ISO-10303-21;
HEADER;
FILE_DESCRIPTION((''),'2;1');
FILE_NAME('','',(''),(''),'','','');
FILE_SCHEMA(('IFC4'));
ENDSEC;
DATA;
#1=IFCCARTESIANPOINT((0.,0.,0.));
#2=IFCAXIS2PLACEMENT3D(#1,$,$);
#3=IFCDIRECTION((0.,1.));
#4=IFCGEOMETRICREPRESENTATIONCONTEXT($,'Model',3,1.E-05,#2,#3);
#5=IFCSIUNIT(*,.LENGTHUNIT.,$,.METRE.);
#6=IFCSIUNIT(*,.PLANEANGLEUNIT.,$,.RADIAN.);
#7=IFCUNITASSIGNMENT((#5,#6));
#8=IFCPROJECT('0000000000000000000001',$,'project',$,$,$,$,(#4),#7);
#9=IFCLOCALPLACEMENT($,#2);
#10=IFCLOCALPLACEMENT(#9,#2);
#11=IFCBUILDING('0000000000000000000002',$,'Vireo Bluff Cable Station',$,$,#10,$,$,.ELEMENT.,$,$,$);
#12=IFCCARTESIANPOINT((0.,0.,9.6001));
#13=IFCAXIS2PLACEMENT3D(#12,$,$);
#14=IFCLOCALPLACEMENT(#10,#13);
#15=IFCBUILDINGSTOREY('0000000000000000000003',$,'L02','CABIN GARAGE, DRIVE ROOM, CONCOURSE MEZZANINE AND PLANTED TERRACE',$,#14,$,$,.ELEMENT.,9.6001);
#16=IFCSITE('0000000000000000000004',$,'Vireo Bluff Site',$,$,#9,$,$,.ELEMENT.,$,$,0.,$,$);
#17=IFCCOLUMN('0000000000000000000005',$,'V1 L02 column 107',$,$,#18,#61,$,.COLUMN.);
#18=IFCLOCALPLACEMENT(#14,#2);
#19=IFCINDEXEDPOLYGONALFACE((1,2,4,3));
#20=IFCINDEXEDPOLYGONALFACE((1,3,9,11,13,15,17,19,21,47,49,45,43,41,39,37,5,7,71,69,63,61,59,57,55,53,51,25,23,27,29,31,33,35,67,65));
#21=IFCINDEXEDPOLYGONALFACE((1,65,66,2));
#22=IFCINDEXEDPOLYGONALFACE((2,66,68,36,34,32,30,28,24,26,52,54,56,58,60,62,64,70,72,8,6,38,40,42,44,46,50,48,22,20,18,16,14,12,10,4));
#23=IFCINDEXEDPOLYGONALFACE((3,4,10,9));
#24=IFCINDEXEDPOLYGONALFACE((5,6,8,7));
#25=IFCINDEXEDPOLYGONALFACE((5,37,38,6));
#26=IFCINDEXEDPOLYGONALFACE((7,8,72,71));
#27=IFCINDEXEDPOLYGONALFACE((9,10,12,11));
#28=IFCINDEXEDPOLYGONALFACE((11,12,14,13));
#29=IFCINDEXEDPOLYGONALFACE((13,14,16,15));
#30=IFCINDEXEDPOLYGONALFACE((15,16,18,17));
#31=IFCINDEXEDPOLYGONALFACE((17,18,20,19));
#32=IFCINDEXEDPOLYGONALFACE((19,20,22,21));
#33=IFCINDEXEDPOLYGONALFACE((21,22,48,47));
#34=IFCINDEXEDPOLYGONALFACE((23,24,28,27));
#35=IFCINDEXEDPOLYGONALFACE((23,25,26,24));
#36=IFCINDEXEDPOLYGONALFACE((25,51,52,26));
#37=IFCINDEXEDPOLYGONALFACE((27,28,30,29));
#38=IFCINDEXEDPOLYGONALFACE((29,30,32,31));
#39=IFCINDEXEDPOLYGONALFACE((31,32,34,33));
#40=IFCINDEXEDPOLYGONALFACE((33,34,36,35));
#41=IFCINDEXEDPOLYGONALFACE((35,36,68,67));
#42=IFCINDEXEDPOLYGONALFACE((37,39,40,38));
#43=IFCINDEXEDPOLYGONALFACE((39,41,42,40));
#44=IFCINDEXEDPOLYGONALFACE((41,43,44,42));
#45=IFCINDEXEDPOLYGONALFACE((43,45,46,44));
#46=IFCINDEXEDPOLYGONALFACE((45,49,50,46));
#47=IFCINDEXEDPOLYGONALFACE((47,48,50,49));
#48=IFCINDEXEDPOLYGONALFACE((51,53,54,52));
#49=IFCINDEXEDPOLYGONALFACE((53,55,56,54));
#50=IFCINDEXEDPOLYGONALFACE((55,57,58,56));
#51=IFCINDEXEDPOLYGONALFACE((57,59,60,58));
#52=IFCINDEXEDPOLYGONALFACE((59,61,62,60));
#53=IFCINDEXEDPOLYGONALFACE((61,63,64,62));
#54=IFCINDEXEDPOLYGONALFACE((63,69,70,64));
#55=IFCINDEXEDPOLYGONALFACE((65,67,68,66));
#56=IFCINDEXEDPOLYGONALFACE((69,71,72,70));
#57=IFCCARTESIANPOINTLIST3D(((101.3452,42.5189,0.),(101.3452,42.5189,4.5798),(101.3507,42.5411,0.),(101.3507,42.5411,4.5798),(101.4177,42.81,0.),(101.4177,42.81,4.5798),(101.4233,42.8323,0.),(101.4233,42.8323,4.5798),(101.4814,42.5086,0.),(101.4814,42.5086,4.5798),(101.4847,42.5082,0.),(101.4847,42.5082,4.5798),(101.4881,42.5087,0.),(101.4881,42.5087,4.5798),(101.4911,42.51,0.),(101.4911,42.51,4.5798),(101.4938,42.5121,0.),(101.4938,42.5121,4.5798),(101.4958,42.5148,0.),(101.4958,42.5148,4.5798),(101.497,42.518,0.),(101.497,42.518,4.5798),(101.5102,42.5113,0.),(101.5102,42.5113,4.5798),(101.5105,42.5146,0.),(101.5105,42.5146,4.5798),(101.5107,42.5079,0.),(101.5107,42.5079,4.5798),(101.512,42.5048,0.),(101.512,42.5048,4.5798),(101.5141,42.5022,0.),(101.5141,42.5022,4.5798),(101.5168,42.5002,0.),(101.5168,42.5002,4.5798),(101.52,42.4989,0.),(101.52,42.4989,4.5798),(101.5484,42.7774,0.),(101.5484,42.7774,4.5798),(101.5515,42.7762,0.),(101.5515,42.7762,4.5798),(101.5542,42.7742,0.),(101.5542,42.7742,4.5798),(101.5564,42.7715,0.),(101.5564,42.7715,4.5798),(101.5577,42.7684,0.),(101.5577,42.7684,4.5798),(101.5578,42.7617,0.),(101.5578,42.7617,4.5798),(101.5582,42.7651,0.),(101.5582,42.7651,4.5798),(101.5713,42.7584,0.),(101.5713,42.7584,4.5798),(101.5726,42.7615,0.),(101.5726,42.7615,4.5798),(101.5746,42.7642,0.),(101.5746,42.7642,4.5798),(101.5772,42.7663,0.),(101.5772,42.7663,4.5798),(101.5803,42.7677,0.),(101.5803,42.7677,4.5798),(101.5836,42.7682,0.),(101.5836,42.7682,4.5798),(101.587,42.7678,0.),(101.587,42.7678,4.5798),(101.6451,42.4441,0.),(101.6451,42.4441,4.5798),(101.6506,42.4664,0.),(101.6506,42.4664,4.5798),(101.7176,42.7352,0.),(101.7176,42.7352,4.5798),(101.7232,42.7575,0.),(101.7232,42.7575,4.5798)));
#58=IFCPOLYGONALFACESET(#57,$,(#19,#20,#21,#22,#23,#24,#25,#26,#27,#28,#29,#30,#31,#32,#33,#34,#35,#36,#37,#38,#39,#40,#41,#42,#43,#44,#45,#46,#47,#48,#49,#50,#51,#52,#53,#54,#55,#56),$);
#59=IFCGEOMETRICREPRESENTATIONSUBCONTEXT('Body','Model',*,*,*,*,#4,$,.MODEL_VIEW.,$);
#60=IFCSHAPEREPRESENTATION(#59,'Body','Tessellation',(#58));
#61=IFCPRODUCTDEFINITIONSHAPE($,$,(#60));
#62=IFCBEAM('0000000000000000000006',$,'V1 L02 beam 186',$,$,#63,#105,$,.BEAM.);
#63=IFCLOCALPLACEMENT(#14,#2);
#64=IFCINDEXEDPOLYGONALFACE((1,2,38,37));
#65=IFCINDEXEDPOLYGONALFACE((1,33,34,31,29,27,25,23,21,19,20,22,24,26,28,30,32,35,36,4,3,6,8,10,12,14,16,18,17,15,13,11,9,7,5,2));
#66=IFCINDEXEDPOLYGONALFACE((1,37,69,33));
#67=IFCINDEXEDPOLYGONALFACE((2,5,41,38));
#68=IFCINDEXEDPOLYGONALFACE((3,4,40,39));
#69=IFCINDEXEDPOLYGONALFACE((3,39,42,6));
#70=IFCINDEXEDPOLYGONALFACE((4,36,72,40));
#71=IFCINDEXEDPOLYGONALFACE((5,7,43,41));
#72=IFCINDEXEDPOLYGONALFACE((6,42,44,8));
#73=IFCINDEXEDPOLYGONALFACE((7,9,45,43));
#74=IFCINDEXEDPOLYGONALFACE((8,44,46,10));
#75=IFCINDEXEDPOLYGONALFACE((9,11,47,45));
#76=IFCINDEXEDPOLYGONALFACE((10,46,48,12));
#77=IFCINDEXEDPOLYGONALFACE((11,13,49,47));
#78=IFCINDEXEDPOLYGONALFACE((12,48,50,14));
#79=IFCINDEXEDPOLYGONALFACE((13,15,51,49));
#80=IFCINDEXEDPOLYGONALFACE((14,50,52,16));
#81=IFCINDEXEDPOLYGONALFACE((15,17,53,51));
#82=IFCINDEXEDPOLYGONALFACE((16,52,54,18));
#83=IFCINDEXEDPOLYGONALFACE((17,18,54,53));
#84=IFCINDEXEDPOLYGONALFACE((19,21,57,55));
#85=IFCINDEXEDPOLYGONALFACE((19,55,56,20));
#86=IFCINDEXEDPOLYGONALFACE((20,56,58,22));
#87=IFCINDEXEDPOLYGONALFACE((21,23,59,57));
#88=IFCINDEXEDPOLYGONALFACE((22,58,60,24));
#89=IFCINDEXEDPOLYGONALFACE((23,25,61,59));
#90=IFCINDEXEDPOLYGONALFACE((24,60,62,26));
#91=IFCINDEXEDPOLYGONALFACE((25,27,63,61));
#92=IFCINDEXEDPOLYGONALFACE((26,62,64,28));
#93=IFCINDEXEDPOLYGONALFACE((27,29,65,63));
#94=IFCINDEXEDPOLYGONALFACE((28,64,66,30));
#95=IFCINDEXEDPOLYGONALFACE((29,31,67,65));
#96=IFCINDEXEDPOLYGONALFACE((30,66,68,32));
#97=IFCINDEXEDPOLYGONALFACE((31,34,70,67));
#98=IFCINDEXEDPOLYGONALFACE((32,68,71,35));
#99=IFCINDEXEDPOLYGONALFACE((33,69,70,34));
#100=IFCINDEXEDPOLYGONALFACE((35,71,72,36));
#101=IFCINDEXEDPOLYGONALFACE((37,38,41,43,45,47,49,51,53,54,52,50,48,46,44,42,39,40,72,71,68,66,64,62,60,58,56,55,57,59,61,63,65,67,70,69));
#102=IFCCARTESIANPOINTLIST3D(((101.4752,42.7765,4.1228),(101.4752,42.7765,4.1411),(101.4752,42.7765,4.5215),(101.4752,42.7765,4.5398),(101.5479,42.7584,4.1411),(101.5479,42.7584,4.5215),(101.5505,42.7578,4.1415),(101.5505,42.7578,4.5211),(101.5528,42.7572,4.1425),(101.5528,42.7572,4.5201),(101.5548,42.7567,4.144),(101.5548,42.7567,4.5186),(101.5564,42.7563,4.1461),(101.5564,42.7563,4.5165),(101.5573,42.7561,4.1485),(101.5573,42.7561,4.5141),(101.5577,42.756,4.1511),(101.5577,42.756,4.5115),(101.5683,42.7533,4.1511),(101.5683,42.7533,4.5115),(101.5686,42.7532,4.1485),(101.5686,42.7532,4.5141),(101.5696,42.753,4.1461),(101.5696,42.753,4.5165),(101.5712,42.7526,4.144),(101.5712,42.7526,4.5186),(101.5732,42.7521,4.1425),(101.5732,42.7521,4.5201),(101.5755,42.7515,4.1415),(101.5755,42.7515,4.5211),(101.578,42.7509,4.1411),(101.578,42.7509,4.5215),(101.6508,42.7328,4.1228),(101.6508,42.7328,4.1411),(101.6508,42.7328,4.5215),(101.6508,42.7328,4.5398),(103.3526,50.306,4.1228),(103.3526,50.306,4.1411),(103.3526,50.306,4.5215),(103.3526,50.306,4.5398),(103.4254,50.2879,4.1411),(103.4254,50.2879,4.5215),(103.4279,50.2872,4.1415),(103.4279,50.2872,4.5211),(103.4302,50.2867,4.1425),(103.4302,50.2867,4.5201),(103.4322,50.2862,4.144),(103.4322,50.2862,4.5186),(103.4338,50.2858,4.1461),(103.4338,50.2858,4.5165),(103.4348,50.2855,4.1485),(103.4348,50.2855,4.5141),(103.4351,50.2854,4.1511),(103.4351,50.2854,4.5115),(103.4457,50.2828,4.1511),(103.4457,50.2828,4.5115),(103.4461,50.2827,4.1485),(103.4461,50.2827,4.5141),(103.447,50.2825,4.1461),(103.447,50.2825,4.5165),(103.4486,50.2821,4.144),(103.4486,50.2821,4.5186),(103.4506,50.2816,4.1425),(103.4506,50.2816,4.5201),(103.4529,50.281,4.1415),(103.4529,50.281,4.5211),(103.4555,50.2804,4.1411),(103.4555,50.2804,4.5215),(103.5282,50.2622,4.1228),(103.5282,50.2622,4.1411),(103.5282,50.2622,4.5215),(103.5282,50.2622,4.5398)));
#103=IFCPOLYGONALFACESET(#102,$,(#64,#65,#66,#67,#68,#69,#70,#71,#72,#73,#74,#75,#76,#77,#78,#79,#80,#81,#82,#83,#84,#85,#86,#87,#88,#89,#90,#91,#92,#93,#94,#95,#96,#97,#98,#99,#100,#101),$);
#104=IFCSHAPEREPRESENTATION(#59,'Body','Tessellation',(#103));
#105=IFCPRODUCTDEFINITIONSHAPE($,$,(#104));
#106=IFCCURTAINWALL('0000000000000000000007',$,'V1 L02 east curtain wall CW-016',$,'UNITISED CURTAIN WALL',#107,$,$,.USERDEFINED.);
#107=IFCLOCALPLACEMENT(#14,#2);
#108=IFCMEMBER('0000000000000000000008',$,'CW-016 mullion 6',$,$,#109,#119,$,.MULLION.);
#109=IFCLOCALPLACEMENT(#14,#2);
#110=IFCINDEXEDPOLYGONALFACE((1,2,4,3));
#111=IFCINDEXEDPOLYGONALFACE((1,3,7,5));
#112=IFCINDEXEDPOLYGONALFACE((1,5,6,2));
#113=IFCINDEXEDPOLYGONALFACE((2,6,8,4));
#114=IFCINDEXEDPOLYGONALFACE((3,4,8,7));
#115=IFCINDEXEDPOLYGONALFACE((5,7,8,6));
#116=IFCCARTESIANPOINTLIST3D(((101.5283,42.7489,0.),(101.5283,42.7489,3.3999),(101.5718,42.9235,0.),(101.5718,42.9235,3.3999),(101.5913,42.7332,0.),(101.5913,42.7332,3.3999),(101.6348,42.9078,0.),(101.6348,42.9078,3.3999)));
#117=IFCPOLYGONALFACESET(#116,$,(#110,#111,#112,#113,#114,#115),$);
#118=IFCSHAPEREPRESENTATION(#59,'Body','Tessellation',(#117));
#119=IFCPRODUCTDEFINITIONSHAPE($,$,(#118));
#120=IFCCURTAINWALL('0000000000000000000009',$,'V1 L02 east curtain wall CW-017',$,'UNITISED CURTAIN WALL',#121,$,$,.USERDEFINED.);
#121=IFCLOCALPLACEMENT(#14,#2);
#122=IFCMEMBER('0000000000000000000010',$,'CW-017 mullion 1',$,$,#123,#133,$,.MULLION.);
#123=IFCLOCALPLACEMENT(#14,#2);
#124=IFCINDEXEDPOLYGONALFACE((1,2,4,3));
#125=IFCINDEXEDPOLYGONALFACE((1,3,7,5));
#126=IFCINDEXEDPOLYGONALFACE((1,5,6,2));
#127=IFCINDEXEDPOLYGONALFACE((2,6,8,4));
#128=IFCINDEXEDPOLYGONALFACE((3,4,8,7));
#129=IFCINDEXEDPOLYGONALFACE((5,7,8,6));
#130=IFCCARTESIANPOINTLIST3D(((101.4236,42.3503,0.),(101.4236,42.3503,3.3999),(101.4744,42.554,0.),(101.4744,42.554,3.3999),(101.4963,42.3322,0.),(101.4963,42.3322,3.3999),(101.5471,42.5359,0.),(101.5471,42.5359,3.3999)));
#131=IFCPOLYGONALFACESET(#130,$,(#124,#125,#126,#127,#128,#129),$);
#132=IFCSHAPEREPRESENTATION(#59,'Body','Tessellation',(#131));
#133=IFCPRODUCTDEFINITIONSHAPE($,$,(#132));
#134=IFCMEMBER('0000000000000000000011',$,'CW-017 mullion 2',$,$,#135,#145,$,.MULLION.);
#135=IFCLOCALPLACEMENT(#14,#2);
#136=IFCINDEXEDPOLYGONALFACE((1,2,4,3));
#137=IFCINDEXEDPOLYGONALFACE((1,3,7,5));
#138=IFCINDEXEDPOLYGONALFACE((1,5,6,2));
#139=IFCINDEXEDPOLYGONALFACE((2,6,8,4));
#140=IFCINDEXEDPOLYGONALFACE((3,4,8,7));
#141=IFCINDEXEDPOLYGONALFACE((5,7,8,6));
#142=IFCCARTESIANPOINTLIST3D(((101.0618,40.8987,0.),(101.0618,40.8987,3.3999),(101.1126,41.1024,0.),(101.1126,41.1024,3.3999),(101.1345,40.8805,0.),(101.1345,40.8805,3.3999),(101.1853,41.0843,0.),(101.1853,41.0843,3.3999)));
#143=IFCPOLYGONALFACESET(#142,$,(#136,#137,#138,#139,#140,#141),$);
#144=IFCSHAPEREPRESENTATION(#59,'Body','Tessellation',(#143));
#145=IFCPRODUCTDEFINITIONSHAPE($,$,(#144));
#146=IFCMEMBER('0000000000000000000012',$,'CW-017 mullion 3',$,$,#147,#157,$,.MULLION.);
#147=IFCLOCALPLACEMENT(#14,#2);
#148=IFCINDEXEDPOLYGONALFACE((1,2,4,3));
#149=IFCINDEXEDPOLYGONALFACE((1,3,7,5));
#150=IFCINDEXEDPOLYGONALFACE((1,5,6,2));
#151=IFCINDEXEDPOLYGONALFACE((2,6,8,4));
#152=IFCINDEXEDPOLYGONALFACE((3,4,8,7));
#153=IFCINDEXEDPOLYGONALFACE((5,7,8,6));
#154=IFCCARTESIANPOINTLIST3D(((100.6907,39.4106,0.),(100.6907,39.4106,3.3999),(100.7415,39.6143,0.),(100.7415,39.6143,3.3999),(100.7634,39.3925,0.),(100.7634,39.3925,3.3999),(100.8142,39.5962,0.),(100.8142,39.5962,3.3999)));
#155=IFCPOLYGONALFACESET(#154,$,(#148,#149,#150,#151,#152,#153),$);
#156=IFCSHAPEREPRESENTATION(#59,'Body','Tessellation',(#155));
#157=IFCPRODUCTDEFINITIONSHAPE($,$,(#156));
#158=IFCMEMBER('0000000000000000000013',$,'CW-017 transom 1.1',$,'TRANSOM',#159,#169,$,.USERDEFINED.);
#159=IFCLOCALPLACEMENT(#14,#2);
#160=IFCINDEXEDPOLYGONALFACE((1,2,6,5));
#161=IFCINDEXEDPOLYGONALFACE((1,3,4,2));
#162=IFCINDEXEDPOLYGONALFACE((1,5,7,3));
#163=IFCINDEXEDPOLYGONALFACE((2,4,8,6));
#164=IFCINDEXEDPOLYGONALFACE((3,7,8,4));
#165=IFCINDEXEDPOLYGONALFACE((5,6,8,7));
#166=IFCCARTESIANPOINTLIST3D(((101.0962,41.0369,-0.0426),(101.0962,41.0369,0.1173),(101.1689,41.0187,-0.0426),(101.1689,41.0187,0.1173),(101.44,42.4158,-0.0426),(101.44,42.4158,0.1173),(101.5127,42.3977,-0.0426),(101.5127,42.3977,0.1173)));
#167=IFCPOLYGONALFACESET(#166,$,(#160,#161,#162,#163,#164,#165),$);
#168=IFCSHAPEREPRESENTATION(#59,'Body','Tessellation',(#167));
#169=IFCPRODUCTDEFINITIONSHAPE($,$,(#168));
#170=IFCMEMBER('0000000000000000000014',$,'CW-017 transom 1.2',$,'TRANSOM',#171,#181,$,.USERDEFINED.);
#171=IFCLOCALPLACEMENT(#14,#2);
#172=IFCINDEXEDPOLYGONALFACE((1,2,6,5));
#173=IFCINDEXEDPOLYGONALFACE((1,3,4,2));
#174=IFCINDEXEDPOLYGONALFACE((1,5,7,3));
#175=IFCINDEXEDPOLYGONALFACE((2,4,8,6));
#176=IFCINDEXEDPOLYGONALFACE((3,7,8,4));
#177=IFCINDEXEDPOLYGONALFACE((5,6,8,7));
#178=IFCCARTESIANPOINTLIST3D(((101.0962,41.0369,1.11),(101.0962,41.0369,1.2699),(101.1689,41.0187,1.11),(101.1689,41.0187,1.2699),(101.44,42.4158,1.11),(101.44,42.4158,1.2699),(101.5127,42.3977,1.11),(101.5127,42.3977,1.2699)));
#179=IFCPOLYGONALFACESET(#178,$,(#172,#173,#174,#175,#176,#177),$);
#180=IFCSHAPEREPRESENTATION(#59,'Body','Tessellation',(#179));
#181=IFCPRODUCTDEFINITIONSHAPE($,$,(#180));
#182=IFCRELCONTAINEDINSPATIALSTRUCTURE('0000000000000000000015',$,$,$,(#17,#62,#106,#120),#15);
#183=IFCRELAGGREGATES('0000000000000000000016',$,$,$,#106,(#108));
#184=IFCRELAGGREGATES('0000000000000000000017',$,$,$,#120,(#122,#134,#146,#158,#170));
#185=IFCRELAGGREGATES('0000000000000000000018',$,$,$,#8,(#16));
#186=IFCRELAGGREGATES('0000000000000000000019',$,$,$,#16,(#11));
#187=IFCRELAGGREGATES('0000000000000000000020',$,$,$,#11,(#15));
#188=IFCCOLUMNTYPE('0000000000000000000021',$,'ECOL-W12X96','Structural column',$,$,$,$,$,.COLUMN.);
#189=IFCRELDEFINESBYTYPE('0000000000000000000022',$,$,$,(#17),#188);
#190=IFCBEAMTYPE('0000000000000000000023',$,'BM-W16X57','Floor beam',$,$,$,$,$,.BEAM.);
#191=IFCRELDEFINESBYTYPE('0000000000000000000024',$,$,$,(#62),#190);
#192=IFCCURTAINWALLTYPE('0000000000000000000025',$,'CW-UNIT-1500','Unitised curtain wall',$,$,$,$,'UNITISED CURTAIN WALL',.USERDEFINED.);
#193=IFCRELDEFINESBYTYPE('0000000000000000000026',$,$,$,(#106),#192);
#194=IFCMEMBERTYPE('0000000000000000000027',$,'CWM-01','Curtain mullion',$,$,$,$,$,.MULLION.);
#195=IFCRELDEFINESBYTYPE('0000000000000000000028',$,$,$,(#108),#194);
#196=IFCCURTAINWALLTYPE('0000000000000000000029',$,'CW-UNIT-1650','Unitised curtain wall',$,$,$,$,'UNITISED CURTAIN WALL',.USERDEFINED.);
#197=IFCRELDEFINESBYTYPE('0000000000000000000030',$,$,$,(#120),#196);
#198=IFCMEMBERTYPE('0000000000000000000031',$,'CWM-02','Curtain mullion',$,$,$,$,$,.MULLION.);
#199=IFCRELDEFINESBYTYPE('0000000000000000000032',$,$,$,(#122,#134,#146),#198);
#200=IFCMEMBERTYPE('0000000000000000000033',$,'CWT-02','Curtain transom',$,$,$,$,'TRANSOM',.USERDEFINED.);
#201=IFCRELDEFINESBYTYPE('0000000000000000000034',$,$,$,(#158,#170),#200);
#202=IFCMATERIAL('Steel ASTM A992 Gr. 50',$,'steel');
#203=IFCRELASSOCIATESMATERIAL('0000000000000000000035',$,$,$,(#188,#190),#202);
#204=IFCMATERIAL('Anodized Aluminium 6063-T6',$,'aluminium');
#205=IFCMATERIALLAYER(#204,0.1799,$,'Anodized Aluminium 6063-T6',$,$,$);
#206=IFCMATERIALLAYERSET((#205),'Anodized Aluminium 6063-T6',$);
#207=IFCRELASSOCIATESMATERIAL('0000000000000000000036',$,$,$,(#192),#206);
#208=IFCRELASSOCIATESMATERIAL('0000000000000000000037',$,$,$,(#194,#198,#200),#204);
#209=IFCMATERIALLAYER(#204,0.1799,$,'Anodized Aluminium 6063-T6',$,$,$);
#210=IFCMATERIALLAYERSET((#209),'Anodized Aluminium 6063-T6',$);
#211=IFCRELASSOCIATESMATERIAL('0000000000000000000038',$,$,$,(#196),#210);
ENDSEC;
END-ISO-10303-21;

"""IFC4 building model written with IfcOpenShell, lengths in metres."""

from ifc_helpers import new_model, si_unit, direction, frame, origin, origin_2d, place, context, subcontext, project, spatial, rectangle, i_section, extrude, material, layer, layer_set, material_profile, profile_set, type_object, element, aggregate, save


model = new_model("IFC4")

# Units and contexts
model_context = context("Model", 3, precision=1e-05, world=origin(), true_north=direction((0.0, 1.0)))
body_context = subcontext(model_context, "Body", "Model", "MODEL_VIEW")
ifc_project = project(units=[si_unit("LENGTHUNIT", "METRE"), si_unit("PLANEANGLEUNIT", "RADIAN")], contexts=[model_context])

# Site, building, storey
site_placement = place(None, origin())
site = spatial("IfcSite", under=ifc_project, at=site_placement, Name="Vireo Bluff Site", CompositionType="ELEMENT", RefElevation=0.0)
building_placement = place(site_placement, origin())
building = spatial("IfcBuilding", under=site, at=building_placement, Name="Vireo Bluff Cable Station", CompositionType="ELEMENT")
storey_placement = place(building_placement, frame((0.0, 0.0, 9.6001)))
storey = spatial("IfcBuildingStorey", under=building, at=storey_placement, Name="L02", Description="CABIN GARAGE, DRIVE ROOM, CONCOURSE MEZZANINE AND PLANTED TERRACE", CompositionType="ELEMENT", Elevation=9.6001)

# Column
ifc_material_1 = material(Name="Steel ASTM A992 Gr. 50", Category="steel")
ifc_material_profile_1 = material_profile(ifc_material_1, i_section(OverallWidth=0.3091, OverallDepth=0.323, WebThickness=0.0139, FlangeThickness=0.0229, FilletRadius=0.0129, at=origin_2d()), Name="W12X96")
ifc_profile_set_1 = profile_set([ifc_material_profile_1], Name="Steel ASTM A992 Gr. 50")
column_type = type_object("IfcColumnType", Name="ECOL-W12X96", Description="Structural column", PredefinedType="COLUMN", material=ifc_profile_set_1)
column_placement = place(storey_placement, frame((101.5342, 42.6382, 0.0), z_axis=(0.0, 0.0, 1.0), x_axis=(0.970296, -0.241922, 0.0)))
element("IfcColumn", 1, at=column_placement, inside=storey, type_object=column_type, Name="V1 L02 column 107", PredefinedType="COLUMN", context=body_context, shape_type="SweptSolid", body=[
    extrude(i_section(OverallWidth=0.3091, OverallDepth=0.323, WebThickness=0.0139, FlangeThickness=0.0229, FilletRadius=0.0129, at=origin_2d()), origin(), (0.0, 0.0, 1.0), 4.5798),
])

# Beam
ifc_material_profile_2 = material_profile(ifc_material_1, i_section(OverallWidth=0.1809, OverallDepth=0.417, WebThickness=0.011, FlangeThickness=0.0183, FilletRadius=0.01, at=origin_2d()), Name="W16X57")
ifc_profile_set_2 = profile_set([ifc_material_profile_2], Name="Steel ASTM A992 Gr. 50")
beam_type_1 = type_object("IfcBeamType", Name="BM-W16X57", Description="Floor beam", PredefinedType="BEAM", material=ifc_profile_set_2)
beam_1_placement = place(storey_placement, frame((101.563, 42.7546, 4.3313), z_axis=(0.241936, 0.970292, 0.0), x_axis=(-0.970292, 0.241936, 0.0)))
element("IfcBeam", 2, at=beam_1_placement, inside=storey, type_object=beam_type_1, Name="V1 L02 beam 186", PredefinedType="BEAM", context=body_context, shape_type="SweptSolid", body=[
    extrude(i_section(OverallWidth=0.1809, OverallDepth=0.417, WebThickness=0.011, FlangeThickness=0.0183, FilletRadius=0.01, at=origin_2d()), origin(), (0.0, 0.0, 1.0), 7.76),
])

# Curtain wall, member
ifc_material_2 = material(Name="Anodized Aluminium 6063-T6", Category="aluminium")
ifc_layer_1 = layer(ifc_material_2, 0.1799, Name="Anodized Aluminium 6063-T6")
ifc_layer_set_1 = layer_set([ifc_layer_1], Name="Anodized Aluminium 6063-T6")
curtain_wall_type_1 = type_object("IfcCurtainWallType", Name="CW-UNIT-1500", Description="Unitised curtain wall", ElementType="UNITISED CURTAIN WALL", PredefinedType="USERDEFINED", material=ifc_layer_set_1)
curtain_wall_1_placement = place(storey_placement, origin())
curtain_wall_1 = element("IfcCurtainWall", 3, at=curtain_wall_1_placement, inside=storey, type_object=curtain_wall_type_1, Name="V1 L02 east curtain wall CW-016", ObjectType="UNITISED CURTAIN WALL", PredefinedType="USERDEFINED")
ifc_material_profile_3 = material_profile(ifc_material_2, rectangle(XDim=0.0649, YDim=0.1799, at=origin_2d()), Name="ALU-M-65X180")
ifc_profile_set_3 = profile_set([ifc_material_profile_3], Name="Anodized Aluminium 6063-T6")
member_type_1 = type_object("IfcMemberType", Name="CWM-01", Description="Curtain mullion", PredefinedType="MULLION", material=ifc_profile_set_3)
member_1_placement = place(storey_placement, frame((101.5815, 42.8284, 0.0), z_axis=(0.0, 0.0, 1.0), x_axis=(0.970296, -0.241922, 0.0)))
member_1 = element("IfcMember", 4, at=member_1_placement, type_object=member_type_1, Name="CW-016 mullion 6", PredefinedType="MULLION", context=body_context, shape_type="SweptSolid", body=[
    extrude(rectangle(XDim=0.0649, YDim=0.1799, at=origin_2d()), origin(), (0.0, 0.0, 1.0), 3.3999),
])

# Curtain wall, members
ifc_layer_2 = layer(ifc_material_2, 0.1799, Name="Anodized Aluminium 6063-T6")
ifc_layer_set_2 = layer_set([ifc_layer_2], Name="Anodized Aluminium 6063-T6")
curtain_wall_type_2 = type_object("IfcCurtainWallType", Name="CW-UNIT-1650", Description="Unitised curtain wall", ElementType="UNITISED CURTAIN WALL", PredefinedType="USERDEFINED", material=ifc_layer_set_2)
curtain_wall_2_placement = place(storey_placement, origin())
curtain_wall_2 = element("IfcCurtainWall", 5, at=curtain_wall_2_placement, inside=storey, type_object=curtain_wall_type_2, Name="V1 L02 east curtain wall CW-017", ObjectType="UNITISED CURTAIN WALL", PredefinedType="USERDEFINED")
ifc_material_profile_4 = material_profile(ifc_material_2, rectangle(XDim=0.075, YDim=0.21, at=origin_2d()), Name="ALU-M-75X210")
ifc_profile_set_4 = profile_set([ifc_material_profile_4], Name="Anodized Aluminium 6063-T6")
member_type_2 = type_object("IfcMemberType", Name="CWM-02", Description="Curtain mullion", PredefinedType="MULLION", material=ifc_profile_set_4)
member_2_placement = place(storey_placement, frame((101.4854, 42.4431, 0.0), z_axis=(0.0, 0.0, 1.0), x_axis=(0.970296, -0.241922, 0.0)))
member_2 = element("IfcMember", 6, at=member_2_placement, type_object=member_type_2, Name="CW-017 mullion 1", PredefinedType="MULLION", context=body_context, shape_type="SweptSolid", body=[
    extrude(rectangle(XDim=0.075, YDim=0.21, at=origin_2d()), origin(), (0.0, 0.0, 1.0), 3.3999),
])
member_3_placement = place(storey_placement, frame((101.1235, 40.9915, 0.0), z_axis=(0.0, 0.0, 1.0), x_axis=(0.970296, -0.241922, 0.0)))
member_3 = element("IfcMember", 7, at=member_3_placement, type_object=member_type_2, Name="CW-017 mullion 2", PredefinedType="MULLION", context=body_context, shape_type="SweptSolid", body=[
    extrude(rectangle(XDim=0.075, YDim=0.21, at=origin_2d()), origin(), (0.0, 0.0, 1.0), 3.3999),
])
member_4_placement = place(storey_placement, frame((100.7524, 39.5034, 0.0), z_axis=(0.0, 0.0, 1.0), x_axis=(0.970296, -0.241922, 0.0)))
member_4 = element("IfcMember", 8, at=member_4_placement, type_object=member_type_2, Name="CW-017 mullion 3", PredefinedType="MULLION", context=body_context, shape_type="SweptSolid", body=[
    extrude(rectangle(XDim=0.075, YDim=0.21, at=origin_2d()), origin(), (0.0, 0.0, 1.0), 3.3999),
])
ifc_material_profile_5 = material_profile(ifc_material_2, rectangle(XDim=0.075, YDim=0.1599, at=origin_2d()), Name="ALU-T-75X160")
ifc_profile_set_5 = profile_set([ifc_material_profile_5], Name="Anodized Aluminium 6063-T6")
member_type_3 = type_object("IfcMemberType", Name="CWT-02", Description="Curtain transom", ElementType="TRANSOM", PredefinedType="USERDEFINED", material=ifc_profile_set_5)
member_5_placement = place(storey_placement, frame((101.4763, 42.4067, 0.0374), z_axis=(-0.241889, -0.970304, 0.0), x_axis=(0.970304, -0.241889, 0.0)))
member_5 = element("IfcMember", 9, at=member_5_placement, type_object=member_type_3, Name="CW-017 transom 1.1", ObjectType="TRANSOM", PredefinedType="USERDEFINED", context=body_context, shape_type="SweptSolid", body=[
    extrude(rectangle(XDim=0.075, YDim=0.1599, at=origin_2d()), origin(), (0.0, 0.0, 1.0), 1.4211),
])
member_6_placement = place(storey_placement, frame((101.4763, 42.4067, 1.1899), z_axis=(-0.241889, -0.970304, 0.0), x_axis=(0.970304, -0.241889, 0.0)))
member_6 = element("IfcMember", 10, at=member_6_placement, type_object=member_type_3, Name="CW-017 transom 1.2", ObjectType="TRANSOM", PredefinedType="USERDEFINED", context=body_context, shape_type="SweptSolid", body=[
    extrude(rectangle(XDim=0.075, YDim=0.1599, at=origin_2d()), origin(), (0.0, 0.0, 1.0), 1.4211),
])

aggregate(curtain_wall_1, [member_1])
aggregate(curtain_wall_2, [member_2, member_3, member_4, member_5, member_6])

save(model, "model.ifc")
